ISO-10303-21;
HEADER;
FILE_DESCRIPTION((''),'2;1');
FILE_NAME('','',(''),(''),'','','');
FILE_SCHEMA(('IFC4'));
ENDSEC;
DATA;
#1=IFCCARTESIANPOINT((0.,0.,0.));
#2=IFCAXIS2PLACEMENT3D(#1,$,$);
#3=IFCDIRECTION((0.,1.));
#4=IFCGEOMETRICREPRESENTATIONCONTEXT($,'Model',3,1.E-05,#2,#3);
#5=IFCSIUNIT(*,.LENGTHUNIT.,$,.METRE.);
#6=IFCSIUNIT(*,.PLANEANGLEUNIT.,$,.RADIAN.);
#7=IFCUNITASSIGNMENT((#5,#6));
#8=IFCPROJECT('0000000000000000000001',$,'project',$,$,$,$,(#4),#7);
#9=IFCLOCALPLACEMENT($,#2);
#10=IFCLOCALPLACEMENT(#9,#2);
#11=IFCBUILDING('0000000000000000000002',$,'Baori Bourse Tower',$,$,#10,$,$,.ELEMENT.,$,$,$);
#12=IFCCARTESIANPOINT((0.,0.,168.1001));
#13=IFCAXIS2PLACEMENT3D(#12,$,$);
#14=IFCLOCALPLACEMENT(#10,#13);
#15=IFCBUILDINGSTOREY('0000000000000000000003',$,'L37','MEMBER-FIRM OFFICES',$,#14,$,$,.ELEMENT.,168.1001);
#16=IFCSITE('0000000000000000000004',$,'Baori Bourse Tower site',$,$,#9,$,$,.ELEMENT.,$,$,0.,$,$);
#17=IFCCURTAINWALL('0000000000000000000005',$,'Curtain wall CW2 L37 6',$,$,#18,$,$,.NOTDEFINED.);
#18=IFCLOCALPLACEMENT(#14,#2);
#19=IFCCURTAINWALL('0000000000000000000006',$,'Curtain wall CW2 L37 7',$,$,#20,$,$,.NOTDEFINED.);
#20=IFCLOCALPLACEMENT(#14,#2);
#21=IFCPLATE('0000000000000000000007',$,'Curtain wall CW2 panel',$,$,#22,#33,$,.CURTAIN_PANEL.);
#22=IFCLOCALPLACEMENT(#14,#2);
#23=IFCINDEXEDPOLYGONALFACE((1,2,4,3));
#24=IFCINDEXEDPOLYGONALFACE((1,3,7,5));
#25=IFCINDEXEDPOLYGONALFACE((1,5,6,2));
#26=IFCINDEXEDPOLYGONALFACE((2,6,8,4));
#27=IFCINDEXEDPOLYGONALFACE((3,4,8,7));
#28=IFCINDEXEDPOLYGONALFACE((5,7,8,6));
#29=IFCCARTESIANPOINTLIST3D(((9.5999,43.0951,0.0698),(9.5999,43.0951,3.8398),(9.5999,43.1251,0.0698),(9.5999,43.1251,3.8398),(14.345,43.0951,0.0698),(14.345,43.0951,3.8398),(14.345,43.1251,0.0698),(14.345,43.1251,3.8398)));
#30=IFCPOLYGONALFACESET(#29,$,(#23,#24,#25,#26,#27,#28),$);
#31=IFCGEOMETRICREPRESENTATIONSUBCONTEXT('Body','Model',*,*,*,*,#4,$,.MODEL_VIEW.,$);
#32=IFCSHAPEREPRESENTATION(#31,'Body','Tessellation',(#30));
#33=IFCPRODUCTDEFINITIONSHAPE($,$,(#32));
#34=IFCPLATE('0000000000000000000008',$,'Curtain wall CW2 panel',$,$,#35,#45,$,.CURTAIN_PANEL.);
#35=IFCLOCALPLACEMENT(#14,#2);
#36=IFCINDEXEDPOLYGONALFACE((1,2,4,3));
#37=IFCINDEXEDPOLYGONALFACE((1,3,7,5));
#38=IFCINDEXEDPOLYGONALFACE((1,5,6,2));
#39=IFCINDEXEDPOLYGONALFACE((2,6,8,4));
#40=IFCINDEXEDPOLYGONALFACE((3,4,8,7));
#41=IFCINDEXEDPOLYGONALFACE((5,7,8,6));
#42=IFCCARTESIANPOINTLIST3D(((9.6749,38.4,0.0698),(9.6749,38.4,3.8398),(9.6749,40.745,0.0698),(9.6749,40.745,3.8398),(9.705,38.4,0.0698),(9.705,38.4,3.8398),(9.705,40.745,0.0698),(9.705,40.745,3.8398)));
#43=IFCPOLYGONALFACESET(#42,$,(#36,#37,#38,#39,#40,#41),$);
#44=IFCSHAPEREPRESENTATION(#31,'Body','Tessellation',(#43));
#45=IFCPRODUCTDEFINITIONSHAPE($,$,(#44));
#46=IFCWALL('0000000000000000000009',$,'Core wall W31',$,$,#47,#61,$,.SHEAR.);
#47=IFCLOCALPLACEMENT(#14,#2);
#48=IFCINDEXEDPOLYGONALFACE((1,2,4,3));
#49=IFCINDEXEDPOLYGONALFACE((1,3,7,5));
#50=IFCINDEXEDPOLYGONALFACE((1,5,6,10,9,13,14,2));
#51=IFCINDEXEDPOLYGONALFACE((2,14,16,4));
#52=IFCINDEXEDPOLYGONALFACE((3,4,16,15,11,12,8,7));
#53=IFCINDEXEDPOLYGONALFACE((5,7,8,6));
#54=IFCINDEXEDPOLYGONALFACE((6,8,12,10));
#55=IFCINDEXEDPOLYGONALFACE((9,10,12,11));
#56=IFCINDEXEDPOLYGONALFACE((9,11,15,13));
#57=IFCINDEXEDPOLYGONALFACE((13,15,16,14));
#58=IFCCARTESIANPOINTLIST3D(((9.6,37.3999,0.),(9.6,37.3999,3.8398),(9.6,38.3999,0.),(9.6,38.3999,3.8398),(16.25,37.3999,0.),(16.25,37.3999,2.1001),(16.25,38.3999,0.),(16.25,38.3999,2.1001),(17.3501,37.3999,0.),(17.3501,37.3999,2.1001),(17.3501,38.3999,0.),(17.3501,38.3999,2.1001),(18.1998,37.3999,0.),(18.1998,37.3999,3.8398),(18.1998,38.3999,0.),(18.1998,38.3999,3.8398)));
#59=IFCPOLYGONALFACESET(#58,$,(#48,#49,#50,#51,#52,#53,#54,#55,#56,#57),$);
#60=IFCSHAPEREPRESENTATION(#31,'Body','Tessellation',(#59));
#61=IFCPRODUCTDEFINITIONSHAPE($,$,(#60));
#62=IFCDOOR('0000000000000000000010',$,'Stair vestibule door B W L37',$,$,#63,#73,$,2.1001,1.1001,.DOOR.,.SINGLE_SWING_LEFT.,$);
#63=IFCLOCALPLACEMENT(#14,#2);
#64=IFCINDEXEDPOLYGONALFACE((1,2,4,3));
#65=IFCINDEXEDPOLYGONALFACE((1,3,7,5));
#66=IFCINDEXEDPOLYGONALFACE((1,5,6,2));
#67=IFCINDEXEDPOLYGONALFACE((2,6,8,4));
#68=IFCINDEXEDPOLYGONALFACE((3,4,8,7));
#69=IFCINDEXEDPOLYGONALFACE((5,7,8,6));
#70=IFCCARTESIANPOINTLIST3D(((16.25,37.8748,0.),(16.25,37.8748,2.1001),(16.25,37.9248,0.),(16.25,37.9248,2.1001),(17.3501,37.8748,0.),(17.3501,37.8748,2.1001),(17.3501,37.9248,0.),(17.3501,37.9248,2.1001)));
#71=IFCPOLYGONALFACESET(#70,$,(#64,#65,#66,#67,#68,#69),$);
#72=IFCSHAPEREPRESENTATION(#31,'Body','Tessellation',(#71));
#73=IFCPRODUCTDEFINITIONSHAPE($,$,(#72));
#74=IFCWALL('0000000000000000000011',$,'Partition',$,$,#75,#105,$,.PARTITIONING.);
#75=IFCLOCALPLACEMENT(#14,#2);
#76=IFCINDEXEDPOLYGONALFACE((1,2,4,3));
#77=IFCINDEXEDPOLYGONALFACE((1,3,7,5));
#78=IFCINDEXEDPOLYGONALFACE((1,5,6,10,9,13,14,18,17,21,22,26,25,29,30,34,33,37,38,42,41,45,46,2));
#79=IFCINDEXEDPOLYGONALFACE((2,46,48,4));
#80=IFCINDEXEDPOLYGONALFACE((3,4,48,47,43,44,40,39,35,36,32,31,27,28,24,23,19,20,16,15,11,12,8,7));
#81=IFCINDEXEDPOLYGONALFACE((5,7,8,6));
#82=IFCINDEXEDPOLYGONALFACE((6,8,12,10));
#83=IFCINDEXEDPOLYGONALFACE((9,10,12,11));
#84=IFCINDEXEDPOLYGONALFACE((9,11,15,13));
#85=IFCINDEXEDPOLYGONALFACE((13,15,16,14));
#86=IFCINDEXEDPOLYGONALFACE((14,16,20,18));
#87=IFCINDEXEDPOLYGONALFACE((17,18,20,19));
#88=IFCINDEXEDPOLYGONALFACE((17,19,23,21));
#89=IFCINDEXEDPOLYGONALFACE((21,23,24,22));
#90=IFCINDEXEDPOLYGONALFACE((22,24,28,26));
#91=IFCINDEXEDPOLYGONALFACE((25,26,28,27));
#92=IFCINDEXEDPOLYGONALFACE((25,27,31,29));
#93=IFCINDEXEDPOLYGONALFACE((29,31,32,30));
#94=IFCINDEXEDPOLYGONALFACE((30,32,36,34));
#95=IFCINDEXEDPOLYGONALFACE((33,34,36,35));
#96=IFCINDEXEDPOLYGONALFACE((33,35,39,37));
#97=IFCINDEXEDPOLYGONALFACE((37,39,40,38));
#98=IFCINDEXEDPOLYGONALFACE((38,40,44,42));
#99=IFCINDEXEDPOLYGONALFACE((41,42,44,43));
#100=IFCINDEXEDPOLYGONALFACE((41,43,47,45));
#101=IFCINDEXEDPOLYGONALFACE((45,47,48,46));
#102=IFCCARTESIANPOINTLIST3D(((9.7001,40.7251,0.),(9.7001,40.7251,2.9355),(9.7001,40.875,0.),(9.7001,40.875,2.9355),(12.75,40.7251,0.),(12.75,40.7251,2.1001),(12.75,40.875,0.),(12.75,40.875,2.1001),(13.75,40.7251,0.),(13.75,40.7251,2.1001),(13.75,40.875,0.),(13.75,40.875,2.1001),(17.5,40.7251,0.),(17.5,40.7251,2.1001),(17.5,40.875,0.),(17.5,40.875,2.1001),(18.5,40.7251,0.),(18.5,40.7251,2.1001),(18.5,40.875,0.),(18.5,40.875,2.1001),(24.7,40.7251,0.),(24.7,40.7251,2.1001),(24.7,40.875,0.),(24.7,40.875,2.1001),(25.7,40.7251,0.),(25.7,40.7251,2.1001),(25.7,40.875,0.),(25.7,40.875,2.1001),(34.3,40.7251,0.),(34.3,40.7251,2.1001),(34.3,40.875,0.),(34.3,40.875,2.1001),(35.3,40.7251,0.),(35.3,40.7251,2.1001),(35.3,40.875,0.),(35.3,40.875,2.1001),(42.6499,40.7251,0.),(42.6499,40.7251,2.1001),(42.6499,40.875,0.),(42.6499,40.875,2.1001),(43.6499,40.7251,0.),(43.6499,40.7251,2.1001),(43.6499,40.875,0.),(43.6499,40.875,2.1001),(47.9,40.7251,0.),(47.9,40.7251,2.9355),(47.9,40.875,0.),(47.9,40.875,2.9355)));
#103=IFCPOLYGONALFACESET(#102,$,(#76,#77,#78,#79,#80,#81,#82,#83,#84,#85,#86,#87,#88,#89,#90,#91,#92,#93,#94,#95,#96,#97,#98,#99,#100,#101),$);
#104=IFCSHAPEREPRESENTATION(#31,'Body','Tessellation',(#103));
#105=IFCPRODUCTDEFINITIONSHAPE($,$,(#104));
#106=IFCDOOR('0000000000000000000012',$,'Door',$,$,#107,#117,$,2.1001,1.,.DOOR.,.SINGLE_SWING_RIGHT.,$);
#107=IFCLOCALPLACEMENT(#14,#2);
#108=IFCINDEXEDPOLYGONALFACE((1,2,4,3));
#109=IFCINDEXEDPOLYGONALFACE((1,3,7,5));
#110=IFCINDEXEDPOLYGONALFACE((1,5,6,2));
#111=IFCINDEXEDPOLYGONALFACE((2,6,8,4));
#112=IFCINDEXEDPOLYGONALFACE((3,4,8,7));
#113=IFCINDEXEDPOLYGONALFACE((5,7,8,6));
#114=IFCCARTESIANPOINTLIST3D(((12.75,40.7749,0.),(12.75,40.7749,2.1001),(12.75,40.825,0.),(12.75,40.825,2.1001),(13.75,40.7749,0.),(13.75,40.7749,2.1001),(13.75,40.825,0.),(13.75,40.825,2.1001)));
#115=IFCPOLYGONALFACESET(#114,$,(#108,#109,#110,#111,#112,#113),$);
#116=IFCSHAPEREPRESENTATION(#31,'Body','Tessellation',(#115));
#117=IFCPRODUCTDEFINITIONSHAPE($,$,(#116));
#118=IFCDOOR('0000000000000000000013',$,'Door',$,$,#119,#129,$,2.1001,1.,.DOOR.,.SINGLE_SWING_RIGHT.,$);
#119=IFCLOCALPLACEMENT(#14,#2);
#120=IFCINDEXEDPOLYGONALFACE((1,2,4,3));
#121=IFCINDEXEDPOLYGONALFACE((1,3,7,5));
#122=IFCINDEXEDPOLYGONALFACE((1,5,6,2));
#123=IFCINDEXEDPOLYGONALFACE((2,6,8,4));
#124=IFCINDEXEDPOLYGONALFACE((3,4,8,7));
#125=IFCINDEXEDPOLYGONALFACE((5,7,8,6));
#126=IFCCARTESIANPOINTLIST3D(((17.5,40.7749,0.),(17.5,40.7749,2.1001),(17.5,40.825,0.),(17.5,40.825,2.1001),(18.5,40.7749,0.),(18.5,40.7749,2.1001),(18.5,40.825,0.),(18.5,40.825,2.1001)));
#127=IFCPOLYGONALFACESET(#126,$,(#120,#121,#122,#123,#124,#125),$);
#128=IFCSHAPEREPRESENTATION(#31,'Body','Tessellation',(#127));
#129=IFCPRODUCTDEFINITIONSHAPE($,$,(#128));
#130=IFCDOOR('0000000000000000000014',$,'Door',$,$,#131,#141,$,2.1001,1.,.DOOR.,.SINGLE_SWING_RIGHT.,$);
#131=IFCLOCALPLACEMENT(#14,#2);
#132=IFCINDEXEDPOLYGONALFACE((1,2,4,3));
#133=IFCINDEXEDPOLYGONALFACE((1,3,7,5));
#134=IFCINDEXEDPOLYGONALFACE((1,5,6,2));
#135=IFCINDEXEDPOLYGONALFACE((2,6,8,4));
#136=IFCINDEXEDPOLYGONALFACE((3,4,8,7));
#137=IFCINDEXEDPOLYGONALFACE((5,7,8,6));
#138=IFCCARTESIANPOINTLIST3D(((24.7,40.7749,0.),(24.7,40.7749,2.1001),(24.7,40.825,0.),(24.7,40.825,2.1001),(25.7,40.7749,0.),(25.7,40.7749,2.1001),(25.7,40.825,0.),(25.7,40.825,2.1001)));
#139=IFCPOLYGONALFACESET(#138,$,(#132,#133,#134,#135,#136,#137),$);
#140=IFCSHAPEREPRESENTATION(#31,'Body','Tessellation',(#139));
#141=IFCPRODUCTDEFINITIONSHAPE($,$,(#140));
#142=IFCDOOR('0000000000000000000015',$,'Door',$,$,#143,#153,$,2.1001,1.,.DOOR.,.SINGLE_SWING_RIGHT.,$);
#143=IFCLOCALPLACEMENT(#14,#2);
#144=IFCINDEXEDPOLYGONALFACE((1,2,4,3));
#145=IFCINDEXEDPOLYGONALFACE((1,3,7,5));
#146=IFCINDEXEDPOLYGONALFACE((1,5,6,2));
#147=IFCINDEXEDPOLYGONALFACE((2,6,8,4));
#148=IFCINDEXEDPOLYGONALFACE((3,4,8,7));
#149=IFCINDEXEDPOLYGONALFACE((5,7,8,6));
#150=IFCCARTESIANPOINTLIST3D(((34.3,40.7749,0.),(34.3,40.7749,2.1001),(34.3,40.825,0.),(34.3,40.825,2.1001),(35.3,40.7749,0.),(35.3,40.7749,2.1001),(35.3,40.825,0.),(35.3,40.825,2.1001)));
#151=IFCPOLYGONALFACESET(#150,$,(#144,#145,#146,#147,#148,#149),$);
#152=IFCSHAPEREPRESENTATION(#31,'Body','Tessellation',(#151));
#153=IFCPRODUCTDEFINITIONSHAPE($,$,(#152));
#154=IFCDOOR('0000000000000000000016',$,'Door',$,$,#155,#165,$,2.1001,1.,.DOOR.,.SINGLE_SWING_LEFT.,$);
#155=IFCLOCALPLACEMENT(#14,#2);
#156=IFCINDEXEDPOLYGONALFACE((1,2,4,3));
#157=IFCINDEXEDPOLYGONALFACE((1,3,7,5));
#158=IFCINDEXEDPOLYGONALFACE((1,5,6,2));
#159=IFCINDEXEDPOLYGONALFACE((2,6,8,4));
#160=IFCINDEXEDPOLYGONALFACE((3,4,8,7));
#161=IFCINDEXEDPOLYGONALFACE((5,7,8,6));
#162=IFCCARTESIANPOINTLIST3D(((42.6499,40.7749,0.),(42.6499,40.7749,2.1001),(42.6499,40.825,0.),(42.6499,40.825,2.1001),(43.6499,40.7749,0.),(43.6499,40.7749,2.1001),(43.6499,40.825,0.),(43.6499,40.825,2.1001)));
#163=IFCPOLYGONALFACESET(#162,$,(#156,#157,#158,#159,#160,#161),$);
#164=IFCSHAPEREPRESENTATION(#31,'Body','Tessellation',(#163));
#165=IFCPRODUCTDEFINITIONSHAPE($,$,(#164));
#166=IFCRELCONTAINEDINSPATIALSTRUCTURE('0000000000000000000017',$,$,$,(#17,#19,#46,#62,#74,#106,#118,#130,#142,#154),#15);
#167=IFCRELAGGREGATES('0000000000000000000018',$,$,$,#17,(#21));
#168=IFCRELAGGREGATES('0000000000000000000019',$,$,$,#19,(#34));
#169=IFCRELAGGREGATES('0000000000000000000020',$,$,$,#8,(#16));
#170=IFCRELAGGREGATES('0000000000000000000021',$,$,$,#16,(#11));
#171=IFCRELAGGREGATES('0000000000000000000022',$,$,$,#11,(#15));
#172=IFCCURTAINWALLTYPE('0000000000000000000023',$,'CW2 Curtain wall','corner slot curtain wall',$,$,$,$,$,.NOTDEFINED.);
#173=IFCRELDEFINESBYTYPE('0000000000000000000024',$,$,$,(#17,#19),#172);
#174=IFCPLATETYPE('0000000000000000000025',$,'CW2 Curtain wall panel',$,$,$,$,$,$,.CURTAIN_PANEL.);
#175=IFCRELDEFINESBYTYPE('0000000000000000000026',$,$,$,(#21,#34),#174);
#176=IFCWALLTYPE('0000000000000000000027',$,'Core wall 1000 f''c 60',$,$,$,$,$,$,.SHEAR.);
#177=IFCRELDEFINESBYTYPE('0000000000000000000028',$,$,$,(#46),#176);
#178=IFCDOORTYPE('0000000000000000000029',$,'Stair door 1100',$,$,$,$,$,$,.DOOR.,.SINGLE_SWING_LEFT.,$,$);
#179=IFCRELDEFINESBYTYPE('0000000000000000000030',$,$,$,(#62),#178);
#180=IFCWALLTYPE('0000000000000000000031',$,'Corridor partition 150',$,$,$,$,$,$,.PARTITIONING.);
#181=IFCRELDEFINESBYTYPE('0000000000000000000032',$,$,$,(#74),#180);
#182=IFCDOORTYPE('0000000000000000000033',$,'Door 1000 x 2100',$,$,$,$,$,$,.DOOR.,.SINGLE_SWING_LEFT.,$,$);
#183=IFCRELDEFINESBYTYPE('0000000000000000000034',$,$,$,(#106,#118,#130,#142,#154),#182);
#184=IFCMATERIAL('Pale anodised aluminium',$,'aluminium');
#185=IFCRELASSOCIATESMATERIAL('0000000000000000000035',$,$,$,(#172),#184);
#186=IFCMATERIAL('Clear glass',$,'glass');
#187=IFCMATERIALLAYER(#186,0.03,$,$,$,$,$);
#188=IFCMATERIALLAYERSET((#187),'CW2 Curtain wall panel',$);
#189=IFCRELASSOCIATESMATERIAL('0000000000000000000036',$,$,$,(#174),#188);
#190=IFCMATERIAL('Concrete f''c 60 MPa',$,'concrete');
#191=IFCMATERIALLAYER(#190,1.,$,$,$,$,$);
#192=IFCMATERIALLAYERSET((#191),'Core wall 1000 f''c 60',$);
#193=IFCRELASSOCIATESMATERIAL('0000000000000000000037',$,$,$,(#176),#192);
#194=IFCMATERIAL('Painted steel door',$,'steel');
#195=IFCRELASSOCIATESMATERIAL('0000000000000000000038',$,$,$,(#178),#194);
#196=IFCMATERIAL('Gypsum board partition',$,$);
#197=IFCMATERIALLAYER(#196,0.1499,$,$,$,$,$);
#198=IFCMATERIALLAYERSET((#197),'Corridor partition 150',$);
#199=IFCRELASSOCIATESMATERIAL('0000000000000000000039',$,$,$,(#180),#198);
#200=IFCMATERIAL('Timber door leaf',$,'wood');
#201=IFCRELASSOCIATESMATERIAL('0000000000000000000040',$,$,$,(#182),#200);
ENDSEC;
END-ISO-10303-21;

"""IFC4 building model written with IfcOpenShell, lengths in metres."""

from ifc_helpers import new_model, si_unit, direction, frame, frame_2d, origin, origin_2d, place, context, subcontext, project, spatial, rectangle, extrude, material, layer, layer_set, type_object, element, fill, aggregate, save


model = new_model("IFC4")

# Units and contexts
model_context = context("Model", 3, precision=1e-05, world=origin(), true_north=direction((0.0, 1.0)))
body_context = subcontext(model_context, "Body", "Model", "MODEL_VIEW")
ifc_project = project(units=[si_unit("LENGTHUNIT", "METRE"), si_unit("PLANEANGLEUNIT", "RADIAN")], contexts=[model_context])

# Site, building, storey
site_placement = place(None, origin())
site = spatial("IfcSite", under=ifc_project, at=site_placement, Name="Baori Bourse Tower site", CompositionType="ELEMENT", RefElevation=0.0)
building_placement = place(site_placement, origin())
building = spatial("IfcBuilding", under=site, at=building_placement, Name="Baori Bourse Tower", CompositionType="ELEMENT")
storey_placement = place(building_placement, frame((0.0, 0.0, 168.1001)))
storey = spatial("IfcBuildingStorey", under=building, at=storey_placement, Name="L37", Description="MEMBER-FIRM OFFICES", CompositionType="ELEMENT", Elevation=168.1001)

# Curtain walls
ifc_material_1 = material(Name="Pale anodised aluminium", Category="aluminium")
curtain_wall_type = type_object("IfcCurtainWallType", Name="CW2 Curtain wall", Description="corner slot curtain wall", PredefinedType="NOTDEFINED", material=ifc_material_1)
curtain_wall_1_placement = place(storey_placement, origin())
curtain_wall_1 = element("IfcCurtainWall", 1, at=curtain_wall_1_placement, inside=storey, type_object=curtain_wall_type, Name="Curtain wall CW2 L37 6", PredefinedType="NOTDEFINED")
curtain_wall_2_placement = place(storey_placement, origin())
curtain_wall_2 = element("IfcCurtainWall", 2, at=curtain_wall_2_placement, inside=storey, type_object=curtain_wall_type, Name="Curtain wall CW2 L37 7", PredefinedType="NOTDEFINED")

# Plates
ifc_material_2 = material(Name="Clear glass", Category="glass")
ifc_layer_1 = layer(ifc_material_2, 0.03)
ifc_layer_set_1 = layer_set([ifc_layer_1], Name="CW2 Curtain wall panel")
plate_type = type_object("IfcPlateType", Name="CW2 Curtain wall panel", PredefinedType="CURTAIN_PANEL", material=ifc_layer_set_1)
plate_1_placement = place(storey_placement, frame((11.9724, 43.1101, 0.0698), z_axis=(0.0, 0.0, 1.0), x_axis=(-1.0, 0.0, 0.0)))
plate_1 = element("IfcPlate", 3, at=plate_1_placement, type_object=plate_type, Name="Curtain wall CW2 panel", PredefinedType="CURTAIN_PANEL", context=body_context, shape_type="SweptSolid", body=[
    extrude(rectangle(XDim=4.7451, YDim=0.03, at=origin_2d()), origin(), (0.0, 0.0, 1.0), 3.77),
])
aggregate(curtain_wall_1, [plate_1])
plate_2_placement = place(storey_placement, frame((9.6899, 39.5725, 0.0698), z_axis=(0.0, 0.0, 1.0), x_axis=(0.0, -1.0, 0.0)))
plate_2 = element("IfcPlate", 4, at=plate_2_placement, type_object=plate_type, Name="Curtain wall CW2 panel", PredefinedType="CURTAIN_PANEL", context=body_context, shape_type="SweptSolid", body=[
    extrude(rectangle(XDim=2.345, YDim=0.03, at=origin_2d()), origin(), (0.0, 0.0, 1.0), 3.77),
])
aggregate(curtain_wall_2, [plate_2])

# Wall, opening, door
ifc_material_3 = material(Name="Concrete f'c 60 MPa", Category="concrete")
ifc_layer_2 = layer(ifc_material_3, 1.0)
ifc_layer_set_2 = layer_set([ifc_layer_2], Name="Core wall 1000 f'c 60")
wall_type_1 = type_object("IfcWallType", Name="Core wall 1000 f'c 60", PredefinedType="SHEAR", material=ifc_layer_set_2)
wall_1_placement = place(storey_placement, frame((9.6001, 37.8999, 0.0), z_axis=(0.0, 0.0, 1.0), x_axis=(1.0, 0.0, 0.0)))
wall_1 = element("IfcWall", 5, at=wall_1_placement, inside=storey, type_object=wall_type_1, Name="Core wall W31", PredefinedType="SHEAR", context=body_context, shape_type="SweptSolid", body=[
    extrude(rectangle(XDim=8.5999, YDim=1.0, at=frame_2d((4.2998, 0.0))), origin(), (0.0, 0.0, 1.0), 3.8398),
])
opening_1_placement = place(wall_1_placement, frame((6.6499, 0.0, 0.0)))
opening_1 = element("IfcOpeningElement", 6, at=opening_1_placement, cuts=wall_1, PredefinedType="OPENING", context=body_context, shape_type="SweptSolid", body=[
    extrude(rectangle(XDim=1.1001, YDim=2.1001, at=frame_2d((0.55, 1.05))), frame((0.0, 0.51, 0.0), z_axis=(0.0, -1.0, 0.0), x_axis=(1.0, 0.0, 0.0)), (0.0, 0.0, 1.0), 1.02),
])
ifc_material_4 = material(Name="Painted steel door", Category="steel")
door_type_1 = type_object("IfcDoorType", Name="Stair door 1100", OperationType="SINGLE_SWING_LEFT", PredefinedType="DOOR", material=ifc_material_4)
door_1_placement = place(opening_1_placement, origin())
door_1 = element("IfcDoor", 7, at=door_1_placement, inside=storey, type_object=door_type_1, Name="Stair vestibule door B W L37", OperationType="SINGLE_SWING_LEFT", OverallHeight=2.1001, OverallWidth=1.1001, PredefinedType="DOOR", context=body_context, shape_type="SweptSolid", body=[
    extrude(rectangle(XDim=1.1001, YDim=2.1001, at=frame_2d((0.55, 1.05))), frame((0.0, 0.0249, 0.0), z_axis=(0.0, -1.0, 0.0), x_axis=(1.0, 0.0, 0.0)), (0.0, 0.0, 1.0), 0.05),
])
fill(opening_1, door_1)

# Wall, openings, doors
ifc_material_5 = material(Name="Gypsum board partition")
ifc_layer_3 = layer(ifc_material_5, 0.1499)
ifc_layer_set_3 = layer_set([ifc_layer_3], Name="Corridor partition 150")
wall_type_2 = type_object("IfcWallType", Name="Corridor partition 150", PredefinedType="PARTITIONING", material=ifc_layer_set_3)
wall_2_placement = place(storey_placement, frame((9.7, 40.8, 0.0), z_axis=(0.0, 0.0, 1.0), x_axis=(1.0, 0.0, 0.0)))
wall_2 = element("IfcWall", 8, at=wall_2_placement, inside=storey, type_object=wall_type_2, Name="Partition", PredefinedType="PARTITIONING", context=body_context, shape_type="SweptSolid", body=[
    extrude(rectangle(XDim=38.2, YDim=0.1499, at=frame_2d((19.1001, 0.0))), origin(), (0.0, 0.0, 1.0), 2.9355),
])
opening_2_placement = place(wall_2_placement, frame((3.05, 0.0, 0.0)))
opening_2 = element("IfcOpeningElement", 9, at=opening_2_placement, cuts=wall_2, PredefinedType="OPENING", context=body_context, shape_type="SweptSolid", body=[
    extrude(rectangle(XDim=1.0, YDim=2.1001, at=frame_2d((0.5, 1.05))), frame((0.0, 0.085, 0.0), z_axis=(0.0, -1.0, 0.0), x_axis=(1.0, 0.0, 0.0)), (0.0, 0.0, 1.0), 0.1699),
])
opening_3_placement = place(wall_2_placement, frame((7.8, 0.0, 0.0)))
opening_3 = element("IfcOpeningElement", 10, at=opening_3_placement, cuts=wall_2, PredefinedType="OPENING", context=body_context, shape_type="SweptSolid", body=[
    extrude(rectangle(XDim=1.0, YDim=2.1001, at=frame_2d((0.5, 1.05))), frame((0.0, 0.085, 0.0), z_axis=(0.0, -1.0, 0.0), x_axis=(1.0, 0.0, 0.0)), (0.0, 0.0, 1.0), 0.1699),
])
opening_4_placement = place(wall_2_placement, frame((15.0, 0.0, 0.0)))
opening_4 = element("IfcOpeningElement", 11, at=opening_4_placement, cuts=wall_2, PredefinedType="OPENING", context=body_context, shape_type="SweptSolid", body=[
    extrude(rectangle(XDim=1.0, YDim=2.1001, at=frame_2d((0.5, 1.05))), frame((0.0, 0.085, 0.0), z_axis=(0.0, -1.0, 0.0), x_axis=(1.0, 0.0, 0.0)), (0.0, 0.0, 1.0), 0.1699),
])
opening_5_placement = place(wall_2_placement, frame((24.6001, 0.0, 0.0)))
opening_5 = element("IfcOpeningElement", 12, at=opening_5_placement, cuts=wall_2, PredefinedType="OPENING", context=body_context, shape_type="SweptSolid", body=[
    extrude(rectangle(XDim=1.0, YDim=2.1001, at=frame_2d((0.5, 1.05))), frame((0.0, 0.085, 0.0), z_axis=(0.0, -1.0, 0.0), x_axis=(1.0, 0.0, 0.0)), (0.0, 0.0, 1.0), 0.1699),
])
opening_6_placement = place(wall_2_placement, frame((32.95, 0.0, 0.0)))
opening_6 = element("IfcOpeningElement", 13, at=opening_6_placement, cuts=wall_2, PredefinedType="OPENING", context=body_context, shape_type="SweptSolid", body=[
    extrude(rectangle(XDim=1.0, YDim=2.1001, at=frame_2d((0.5, 1.05))), frame((0.0, 0.085, 0.0), z_axis=(0.0, -1.0, 0.0), x_axis=(1.0, 0.0, 0.0)), (0.0, 0.0, 1.0), 0.1699),
])
ifc_material_6 = material(Name="Timber door leaf", Category="wood")
door_type_2 = type_object("IfcDoorType", Name="Door 1000 x 2100", OperationType="SINGLE_SWING_LEFT", PredefinedType="DOOR", material=ifc_material_6)
door_2_placement = place(opening_2_placement, origin())
door_2 = element("IfcDoor", 14, at=door_2_placement, inside=storey, type_object=door_type_2, Name="Door", OperationType="SINGLE_SWING_RIGHT", OverallHeight=2.1001, OverallWidth=1.0, PredefinedType="DOOR", context=body_context, shape_type="SweptSolid", body=[
    extrude(rectangle(XDim=1.0, YDim=2.1001, at=frame_2d((0.5, 1.05))), frame((0.0, 0.0249, 0.0), z_axis=(0.0, -1.0, 0.0), x_axis=(1.0, 0.0, 0.0)), (0.0, 0.0, 1.0), 0.05),
])
fill(opening_2, door_2)
door_3_placement = place(opening_3_placement, origin())
door_3 = element("IfcDoor", 15, at=door_3_placement, inside=storey, type_object=door_type_2, Name="Door", OperationType="SINGLE_SWING_RIGHT", OverallHeight=2.1001, OverallWidth=1.0, PredefinedType="DOOR", context=body_context, shape_type="SweptSolid", body=[
    extrude(rectangle(XDim=1.0, YDim=2.1001, at=frame_2d((0.5, 1.05))), frame((0.0, 0.0249, 0.0), z_axis=(0.0, -1.0, 0.0), x_axis=(1.0, 0.0, 0.0)), (0.0, 0.0, 1.0), 0.05),
])
fill(opening_3, door_3)
door_4_placement = place(opening_4_placement, origin())
door_4 = element("IfcDoor", 16, at=door_4_placement, inside=storey, type_object=door_type_2, Name="Door", OperationType="SINGLE_SWING_RIGHT", OverallHeight=2.1001, OverallWidth=1.0, PredefinedType="DOOR", context=body_context, shape_type="SweptSolid", body=[
    extrude(rectangle(XDim=1.0, YDim=2.1001, at=frame_2d((0.5, 1.05))), frame((0.0, 0.0249, 0.0), z_axis=(0.0, -1.0, 0.0), x_axis=(1.0, 0.0, 0.0)), (0.0, 0.0, 1.0), 0.05),
])
fill(opening_4, door_4)
door_5_placement = place(opening_5_placement, origin())
door_5 = element("IfcDoor", 17, at=door_5_placement, inside=storey, type_object=door_type_2, Name="Door", OperationType="SINGLE_SWING_RIGHT", OverallHeight=2.1001, OverallWidth=1.0, PredefinedType="DOOR", context=body_context, shape_type="SweptSolid", body=[
    extrude(rectangle(XDim=1.0, YDim=2.1001, at=frame_2d((0.5, 1.05))), frame((0.0, 0.0249, 0.0), z_axis=(0.0, -1.0, 0.0), x_axis=(1.0, 0.0, 0.0)), (0.0, 0.0, 1.0), 0.05),
])
fill(opening_5, door_5)
door_6_placement = place(opening_6_placement, origin())
door_6 = element("IfcDoor", 18, at=door_6_placement, inside=storey, type_object=door_type_2, Name="Door", OperationType="SINGLE_SWING_LEFT", OverallHeight=2.1001, OverallWidth=1.0, PredefinedType="DOOR", context=body_context, shape_type="SweptSolid", body=[
    extrude(rectangle(XDim=1.0, YDim=2.1001, at=frame_2d((0.5, 1.05))), frame((0.0, 0.0249, 0.0), z_axis=(0.0, -1.0, 0.0), x_axis=(1.0, 0.0, 0.0)), (0.0, 0.0, 1.0), 0.05),
])
fill(opening_6, door_6)

save(model, "model.ifc")
